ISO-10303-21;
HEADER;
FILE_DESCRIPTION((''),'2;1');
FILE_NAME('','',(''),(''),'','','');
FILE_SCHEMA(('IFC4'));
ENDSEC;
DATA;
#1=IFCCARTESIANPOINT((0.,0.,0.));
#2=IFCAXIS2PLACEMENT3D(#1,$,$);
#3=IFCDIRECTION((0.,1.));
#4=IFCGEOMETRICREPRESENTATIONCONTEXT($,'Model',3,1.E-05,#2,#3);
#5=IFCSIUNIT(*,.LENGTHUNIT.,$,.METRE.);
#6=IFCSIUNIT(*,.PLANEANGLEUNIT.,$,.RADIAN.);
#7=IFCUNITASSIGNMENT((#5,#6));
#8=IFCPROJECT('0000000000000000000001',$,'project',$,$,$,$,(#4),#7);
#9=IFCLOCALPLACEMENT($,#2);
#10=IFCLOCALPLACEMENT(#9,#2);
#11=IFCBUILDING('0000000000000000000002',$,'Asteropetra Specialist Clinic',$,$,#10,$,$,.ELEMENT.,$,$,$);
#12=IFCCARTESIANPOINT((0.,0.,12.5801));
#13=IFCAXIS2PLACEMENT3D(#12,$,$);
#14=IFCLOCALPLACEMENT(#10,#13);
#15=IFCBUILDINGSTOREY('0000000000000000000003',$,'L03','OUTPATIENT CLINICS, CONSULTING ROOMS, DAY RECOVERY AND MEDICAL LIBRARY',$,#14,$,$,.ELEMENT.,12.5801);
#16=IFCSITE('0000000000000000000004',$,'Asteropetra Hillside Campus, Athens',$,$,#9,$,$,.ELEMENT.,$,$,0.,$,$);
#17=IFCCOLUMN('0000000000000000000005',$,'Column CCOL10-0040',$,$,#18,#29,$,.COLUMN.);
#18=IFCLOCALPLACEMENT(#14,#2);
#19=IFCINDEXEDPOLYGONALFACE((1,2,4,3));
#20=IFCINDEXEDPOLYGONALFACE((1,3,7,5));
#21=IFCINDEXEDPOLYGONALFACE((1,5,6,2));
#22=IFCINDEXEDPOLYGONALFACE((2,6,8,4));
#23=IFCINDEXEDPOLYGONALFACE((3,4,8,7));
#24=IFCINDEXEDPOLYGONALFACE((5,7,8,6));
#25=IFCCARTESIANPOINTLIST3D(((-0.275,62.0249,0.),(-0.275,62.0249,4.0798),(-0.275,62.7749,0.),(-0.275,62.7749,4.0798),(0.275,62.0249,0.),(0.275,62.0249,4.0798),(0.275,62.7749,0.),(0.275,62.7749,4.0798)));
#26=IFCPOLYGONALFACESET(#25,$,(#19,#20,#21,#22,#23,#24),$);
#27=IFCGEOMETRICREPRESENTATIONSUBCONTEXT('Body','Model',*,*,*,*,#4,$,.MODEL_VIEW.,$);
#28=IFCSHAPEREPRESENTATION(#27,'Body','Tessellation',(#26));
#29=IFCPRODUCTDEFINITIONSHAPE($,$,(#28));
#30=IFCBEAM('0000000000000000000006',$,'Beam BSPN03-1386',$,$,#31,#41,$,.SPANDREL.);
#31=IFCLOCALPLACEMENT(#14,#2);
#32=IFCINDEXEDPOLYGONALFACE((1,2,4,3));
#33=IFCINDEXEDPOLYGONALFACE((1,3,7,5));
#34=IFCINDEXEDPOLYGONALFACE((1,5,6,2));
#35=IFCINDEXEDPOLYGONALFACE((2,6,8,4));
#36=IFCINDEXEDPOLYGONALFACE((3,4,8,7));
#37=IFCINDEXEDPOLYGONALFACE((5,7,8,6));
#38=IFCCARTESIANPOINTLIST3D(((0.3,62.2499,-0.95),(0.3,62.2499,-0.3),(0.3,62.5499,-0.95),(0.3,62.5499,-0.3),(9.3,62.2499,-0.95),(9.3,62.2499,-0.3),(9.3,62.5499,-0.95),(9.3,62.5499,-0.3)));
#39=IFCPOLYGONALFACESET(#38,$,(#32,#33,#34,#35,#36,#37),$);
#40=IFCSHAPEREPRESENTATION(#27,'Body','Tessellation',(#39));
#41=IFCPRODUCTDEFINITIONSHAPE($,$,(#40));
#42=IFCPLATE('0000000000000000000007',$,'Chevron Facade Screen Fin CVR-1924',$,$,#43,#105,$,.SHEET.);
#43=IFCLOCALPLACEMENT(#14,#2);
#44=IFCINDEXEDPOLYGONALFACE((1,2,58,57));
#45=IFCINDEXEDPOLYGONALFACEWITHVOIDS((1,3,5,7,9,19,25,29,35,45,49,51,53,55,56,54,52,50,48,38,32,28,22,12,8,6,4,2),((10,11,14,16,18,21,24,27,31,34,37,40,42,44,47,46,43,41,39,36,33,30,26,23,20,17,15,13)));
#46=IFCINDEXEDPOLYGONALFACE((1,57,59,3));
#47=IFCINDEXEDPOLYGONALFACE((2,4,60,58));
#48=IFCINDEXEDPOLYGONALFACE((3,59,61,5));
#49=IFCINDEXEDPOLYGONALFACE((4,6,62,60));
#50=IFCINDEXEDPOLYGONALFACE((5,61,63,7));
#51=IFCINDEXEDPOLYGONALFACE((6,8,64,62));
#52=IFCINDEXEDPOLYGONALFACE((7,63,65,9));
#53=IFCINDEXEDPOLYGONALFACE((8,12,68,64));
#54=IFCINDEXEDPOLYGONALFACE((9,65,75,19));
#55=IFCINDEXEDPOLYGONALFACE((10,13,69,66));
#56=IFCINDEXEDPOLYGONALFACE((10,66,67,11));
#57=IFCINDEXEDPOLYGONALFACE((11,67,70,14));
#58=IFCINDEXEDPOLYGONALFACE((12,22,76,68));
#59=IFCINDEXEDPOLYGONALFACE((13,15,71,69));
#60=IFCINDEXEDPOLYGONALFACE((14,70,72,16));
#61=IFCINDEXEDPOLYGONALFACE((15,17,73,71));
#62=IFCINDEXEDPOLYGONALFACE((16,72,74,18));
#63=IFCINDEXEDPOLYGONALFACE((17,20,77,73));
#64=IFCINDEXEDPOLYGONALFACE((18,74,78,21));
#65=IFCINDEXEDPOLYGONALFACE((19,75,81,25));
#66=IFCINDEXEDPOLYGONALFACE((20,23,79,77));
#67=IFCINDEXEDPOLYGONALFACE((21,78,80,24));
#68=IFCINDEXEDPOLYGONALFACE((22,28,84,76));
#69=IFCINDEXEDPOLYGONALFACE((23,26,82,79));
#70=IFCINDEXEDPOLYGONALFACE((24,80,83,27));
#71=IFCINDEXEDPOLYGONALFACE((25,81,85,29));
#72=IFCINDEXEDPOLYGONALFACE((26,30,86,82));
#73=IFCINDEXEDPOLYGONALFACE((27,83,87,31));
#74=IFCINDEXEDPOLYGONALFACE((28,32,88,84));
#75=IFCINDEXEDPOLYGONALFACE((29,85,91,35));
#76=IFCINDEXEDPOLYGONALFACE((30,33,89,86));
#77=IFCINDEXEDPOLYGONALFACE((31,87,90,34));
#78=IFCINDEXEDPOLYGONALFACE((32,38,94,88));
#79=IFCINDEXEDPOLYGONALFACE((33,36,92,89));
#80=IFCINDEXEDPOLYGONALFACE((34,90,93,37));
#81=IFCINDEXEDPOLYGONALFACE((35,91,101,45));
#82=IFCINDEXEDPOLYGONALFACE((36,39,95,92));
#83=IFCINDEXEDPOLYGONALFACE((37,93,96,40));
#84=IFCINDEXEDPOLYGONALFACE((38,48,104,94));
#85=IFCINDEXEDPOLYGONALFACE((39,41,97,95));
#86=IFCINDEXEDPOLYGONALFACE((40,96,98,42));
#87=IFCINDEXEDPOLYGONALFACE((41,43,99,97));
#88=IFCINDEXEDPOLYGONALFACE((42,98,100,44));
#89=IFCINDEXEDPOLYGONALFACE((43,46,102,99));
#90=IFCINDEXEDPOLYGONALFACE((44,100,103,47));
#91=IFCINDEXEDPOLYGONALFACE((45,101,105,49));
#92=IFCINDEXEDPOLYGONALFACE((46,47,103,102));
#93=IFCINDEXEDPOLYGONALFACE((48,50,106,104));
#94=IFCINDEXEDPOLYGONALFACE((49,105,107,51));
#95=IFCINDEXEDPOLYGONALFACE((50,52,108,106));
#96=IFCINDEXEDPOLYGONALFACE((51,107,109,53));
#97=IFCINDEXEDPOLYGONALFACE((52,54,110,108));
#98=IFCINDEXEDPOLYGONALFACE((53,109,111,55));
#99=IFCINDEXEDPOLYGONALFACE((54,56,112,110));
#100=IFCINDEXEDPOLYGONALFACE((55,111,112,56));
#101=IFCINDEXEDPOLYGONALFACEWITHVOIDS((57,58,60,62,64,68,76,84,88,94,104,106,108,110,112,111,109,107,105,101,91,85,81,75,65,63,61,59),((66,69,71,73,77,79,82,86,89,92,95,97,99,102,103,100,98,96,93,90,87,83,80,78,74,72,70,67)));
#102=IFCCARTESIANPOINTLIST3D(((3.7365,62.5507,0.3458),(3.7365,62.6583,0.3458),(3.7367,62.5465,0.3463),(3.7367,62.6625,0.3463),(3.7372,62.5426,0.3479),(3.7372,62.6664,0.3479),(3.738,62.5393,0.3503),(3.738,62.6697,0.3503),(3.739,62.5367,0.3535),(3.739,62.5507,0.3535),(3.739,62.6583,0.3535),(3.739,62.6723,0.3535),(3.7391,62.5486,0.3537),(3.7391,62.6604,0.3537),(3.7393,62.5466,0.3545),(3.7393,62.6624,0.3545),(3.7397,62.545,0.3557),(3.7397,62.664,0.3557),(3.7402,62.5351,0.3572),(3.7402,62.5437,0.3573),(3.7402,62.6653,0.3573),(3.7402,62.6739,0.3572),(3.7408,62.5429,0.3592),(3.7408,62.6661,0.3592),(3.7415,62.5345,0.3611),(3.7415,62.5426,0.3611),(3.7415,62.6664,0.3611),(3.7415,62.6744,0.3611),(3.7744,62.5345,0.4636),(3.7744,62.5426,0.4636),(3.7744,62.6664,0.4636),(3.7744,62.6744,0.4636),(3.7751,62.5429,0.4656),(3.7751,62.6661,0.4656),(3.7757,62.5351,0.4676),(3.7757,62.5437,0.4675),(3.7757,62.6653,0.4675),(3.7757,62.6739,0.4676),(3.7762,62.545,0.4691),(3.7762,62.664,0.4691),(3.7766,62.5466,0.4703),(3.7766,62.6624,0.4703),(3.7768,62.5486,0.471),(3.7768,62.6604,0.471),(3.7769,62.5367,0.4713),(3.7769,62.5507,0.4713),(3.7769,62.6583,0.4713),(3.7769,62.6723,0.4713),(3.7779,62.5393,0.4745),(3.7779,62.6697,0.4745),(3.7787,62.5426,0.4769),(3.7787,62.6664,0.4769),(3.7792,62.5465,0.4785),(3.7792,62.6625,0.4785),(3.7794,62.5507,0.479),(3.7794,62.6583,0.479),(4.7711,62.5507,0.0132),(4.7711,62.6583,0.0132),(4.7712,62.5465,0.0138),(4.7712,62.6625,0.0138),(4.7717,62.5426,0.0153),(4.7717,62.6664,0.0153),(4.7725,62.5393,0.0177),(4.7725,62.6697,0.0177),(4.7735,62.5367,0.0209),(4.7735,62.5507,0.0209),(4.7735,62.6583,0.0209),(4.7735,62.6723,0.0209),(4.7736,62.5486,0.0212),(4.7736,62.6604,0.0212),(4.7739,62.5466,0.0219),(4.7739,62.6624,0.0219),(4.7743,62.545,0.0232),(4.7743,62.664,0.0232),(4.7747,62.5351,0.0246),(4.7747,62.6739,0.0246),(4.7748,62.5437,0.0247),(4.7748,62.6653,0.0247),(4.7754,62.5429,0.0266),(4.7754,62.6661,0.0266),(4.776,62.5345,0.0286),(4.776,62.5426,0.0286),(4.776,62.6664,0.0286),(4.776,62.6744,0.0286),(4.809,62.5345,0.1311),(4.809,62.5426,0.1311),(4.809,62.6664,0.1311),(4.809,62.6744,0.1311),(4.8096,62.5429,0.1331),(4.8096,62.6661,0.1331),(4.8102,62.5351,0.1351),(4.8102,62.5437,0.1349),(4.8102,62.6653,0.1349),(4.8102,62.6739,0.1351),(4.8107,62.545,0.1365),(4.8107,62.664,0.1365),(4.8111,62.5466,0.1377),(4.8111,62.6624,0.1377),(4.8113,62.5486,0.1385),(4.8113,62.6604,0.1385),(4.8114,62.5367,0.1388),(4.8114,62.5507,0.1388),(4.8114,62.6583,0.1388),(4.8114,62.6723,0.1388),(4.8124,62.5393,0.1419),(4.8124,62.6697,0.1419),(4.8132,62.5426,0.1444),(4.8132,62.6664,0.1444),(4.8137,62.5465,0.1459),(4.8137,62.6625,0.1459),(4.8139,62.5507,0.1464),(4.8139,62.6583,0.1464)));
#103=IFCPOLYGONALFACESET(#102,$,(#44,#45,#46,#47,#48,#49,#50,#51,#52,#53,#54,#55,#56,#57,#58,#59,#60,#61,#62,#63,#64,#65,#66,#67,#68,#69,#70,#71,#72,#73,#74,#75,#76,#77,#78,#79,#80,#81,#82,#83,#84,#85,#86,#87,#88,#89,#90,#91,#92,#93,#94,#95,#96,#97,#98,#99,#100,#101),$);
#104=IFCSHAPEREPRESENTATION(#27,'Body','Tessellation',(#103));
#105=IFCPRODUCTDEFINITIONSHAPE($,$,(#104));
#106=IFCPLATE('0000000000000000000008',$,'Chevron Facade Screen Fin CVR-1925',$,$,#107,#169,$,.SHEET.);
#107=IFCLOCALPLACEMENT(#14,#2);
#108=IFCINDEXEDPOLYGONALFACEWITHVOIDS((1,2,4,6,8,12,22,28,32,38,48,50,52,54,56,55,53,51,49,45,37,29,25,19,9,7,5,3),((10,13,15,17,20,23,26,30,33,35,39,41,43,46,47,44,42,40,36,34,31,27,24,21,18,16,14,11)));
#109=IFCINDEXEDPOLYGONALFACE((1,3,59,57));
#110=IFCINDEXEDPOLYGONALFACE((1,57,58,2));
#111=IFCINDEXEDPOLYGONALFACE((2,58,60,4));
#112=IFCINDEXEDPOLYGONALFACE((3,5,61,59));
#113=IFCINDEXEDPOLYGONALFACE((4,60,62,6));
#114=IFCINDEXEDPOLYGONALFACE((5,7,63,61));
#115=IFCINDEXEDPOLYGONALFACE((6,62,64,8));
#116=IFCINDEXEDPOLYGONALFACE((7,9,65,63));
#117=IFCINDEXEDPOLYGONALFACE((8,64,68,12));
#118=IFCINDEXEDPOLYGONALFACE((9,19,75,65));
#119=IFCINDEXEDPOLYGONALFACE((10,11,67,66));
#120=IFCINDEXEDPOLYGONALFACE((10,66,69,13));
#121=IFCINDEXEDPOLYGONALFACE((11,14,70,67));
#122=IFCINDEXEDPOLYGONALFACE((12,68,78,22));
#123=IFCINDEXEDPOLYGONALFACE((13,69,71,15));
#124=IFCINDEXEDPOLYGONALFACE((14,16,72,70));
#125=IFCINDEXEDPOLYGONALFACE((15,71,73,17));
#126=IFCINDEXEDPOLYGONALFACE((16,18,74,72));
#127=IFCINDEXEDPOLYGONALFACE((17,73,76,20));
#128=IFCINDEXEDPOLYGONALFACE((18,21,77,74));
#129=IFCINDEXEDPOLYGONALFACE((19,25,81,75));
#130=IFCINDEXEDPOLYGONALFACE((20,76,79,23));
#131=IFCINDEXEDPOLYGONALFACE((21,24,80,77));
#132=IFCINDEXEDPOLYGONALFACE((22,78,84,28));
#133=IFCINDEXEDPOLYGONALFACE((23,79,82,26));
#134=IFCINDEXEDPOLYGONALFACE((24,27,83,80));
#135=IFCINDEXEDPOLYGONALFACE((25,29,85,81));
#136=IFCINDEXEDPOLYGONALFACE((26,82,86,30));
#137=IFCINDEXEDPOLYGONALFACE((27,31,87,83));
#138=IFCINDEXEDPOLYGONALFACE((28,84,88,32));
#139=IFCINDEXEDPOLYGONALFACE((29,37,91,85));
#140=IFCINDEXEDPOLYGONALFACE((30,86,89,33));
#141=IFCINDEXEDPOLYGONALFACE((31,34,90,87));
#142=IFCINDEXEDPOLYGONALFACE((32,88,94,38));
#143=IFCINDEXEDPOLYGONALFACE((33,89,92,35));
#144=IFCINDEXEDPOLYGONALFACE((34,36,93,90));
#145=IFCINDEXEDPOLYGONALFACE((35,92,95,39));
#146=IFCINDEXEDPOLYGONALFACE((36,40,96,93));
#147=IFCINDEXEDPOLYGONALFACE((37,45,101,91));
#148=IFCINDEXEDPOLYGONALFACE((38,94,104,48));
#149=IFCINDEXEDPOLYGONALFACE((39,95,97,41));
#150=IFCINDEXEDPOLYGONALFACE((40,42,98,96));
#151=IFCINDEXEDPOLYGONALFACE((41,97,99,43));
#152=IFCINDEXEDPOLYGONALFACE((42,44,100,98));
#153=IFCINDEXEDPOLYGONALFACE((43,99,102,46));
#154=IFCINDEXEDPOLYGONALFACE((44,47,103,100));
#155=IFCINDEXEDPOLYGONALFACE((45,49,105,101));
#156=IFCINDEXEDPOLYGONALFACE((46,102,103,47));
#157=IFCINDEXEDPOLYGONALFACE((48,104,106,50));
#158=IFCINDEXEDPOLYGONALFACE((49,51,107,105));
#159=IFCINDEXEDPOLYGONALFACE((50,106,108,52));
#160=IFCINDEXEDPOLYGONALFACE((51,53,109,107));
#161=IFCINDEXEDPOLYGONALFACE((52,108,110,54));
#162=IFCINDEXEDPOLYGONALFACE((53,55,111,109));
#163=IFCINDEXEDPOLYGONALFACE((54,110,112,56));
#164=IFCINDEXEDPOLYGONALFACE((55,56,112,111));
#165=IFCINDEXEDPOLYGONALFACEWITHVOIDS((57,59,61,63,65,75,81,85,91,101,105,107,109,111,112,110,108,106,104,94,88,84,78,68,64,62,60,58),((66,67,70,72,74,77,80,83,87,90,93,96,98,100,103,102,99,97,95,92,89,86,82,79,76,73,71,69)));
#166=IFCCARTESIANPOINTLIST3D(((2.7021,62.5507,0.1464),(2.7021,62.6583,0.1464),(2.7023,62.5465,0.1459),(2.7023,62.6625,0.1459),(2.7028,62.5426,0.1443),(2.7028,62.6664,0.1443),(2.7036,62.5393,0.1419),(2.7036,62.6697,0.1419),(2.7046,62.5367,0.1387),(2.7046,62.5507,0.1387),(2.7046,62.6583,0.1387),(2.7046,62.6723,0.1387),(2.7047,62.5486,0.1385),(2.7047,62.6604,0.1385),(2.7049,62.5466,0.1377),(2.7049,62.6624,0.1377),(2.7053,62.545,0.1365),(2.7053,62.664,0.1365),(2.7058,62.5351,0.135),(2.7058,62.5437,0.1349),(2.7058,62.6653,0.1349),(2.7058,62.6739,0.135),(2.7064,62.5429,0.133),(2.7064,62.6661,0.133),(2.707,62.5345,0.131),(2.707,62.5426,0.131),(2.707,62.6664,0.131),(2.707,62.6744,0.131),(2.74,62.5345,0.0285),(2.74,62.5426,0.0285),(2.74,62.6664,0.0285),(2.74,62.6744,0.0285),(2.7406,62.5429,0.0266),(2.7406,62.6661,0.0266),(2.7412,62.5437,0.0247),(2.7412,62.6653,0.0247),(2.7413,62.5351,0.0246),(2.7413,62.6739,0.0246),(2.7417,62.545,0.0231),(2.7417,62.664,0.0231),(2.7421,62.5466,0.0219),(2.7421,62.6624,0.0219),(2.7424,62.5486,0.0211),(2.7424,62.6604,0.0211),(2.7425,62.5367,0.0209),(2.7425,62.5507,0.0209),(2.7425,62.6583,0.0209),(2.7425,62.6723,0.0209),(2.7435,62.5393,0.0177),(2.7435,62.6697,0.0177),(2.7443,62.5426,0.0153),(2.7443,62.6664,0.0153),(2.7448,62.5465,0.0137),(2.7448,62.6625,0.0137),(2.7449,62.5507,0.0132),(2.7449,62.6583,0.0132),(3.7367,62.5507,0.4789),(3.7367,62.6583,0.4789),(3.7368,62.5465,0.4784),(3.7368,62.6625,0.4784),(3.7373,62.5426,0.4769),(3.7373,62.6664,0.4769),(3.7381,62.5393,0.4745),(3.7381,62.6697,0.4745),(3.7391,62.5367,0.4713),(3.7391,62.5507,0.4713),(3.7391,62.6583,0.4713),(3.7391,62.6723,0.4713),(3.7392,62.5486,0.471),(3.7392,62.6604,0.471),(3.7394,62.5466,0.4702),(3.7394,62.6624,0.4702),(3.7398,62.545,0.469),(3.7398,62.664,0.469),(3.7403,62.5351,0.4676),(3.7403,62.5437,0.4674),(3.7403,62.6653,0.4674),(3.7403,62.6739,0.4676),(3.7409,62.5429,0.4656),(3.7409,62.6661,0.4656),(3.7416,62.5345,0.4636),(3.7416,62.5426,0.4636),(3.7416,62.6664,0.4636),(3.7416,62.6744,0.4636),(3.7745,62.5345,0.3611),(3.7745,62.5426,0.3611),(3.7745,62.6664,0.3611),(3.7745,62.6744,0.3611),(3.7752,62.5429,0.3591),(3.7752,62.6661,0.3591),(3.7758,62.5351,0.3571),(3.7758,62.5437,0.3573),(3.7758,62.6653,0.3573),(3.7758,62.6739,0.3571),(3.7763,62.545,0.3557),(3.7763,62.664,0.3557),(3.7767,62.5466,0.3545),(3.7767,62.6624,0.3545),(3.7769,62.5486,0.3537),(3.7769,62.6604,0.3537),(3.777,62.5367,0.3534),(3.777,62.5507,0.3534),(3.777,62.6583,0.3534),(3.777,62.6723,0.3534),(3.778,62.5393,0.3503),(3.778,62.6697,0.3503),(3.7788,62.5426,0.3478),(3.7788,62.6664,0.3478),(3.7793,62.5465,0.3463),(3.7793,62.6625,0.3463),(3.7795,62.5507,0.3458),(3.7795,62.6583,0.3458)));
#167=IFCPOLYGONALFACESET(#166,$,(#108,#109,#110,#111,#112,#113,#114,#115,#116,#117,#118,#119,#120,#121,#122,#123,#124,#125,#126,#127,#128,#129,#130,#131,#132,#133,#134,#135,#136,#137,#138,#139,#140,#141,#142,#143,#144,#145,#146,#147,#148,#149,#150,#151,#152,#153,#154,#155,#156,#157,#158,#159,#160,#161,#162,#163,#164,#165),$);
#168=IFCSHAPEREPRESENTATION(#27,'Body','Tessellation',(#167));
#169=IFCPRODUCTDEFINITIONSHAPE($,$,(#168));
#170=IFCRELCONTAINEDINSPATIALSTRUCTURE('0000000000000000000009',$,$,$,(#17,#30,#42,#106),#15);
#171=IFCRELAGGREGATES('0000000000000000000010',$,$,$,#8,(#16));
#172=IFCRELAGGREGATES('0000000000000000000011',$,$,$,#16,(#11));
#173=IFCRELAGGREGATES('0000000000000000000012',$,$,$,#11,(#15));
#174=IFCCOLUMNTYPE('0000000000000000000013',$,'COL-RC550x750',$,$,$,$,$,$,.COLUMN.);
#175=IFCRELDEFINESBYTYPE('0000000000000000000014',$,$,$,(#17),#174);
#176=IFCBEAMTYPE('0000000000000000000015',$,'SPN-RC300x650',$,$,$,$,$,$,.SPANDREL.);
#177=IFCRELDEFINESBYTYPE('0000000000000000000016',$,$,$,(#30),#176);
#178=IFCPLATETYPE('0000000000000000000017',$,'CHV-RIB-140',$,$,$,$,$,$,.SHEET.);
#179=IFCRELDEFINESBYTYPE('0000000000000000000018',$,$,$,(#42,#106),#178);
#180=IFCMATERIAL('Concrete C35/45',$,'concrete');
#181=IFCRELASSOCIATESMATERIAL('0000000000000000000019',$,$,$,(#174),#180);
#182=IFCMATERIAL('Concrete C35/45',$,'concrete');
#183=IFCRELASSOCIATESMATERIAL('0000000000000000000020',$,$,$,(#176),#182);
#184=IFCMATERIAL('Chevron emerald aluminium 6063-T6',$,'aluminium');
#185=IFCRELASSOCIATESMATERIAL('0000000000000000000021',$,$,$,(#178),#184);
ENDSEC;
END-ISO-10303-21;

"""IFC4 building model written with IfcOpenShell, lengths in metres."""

from ifc_helpers import new_model, si_unit, direction, frame, origin, origin_2d, place, context, subcontext, project, spatial, rectangle, hollow_rectangle, extrude, material, material_profile, profile_set, type_object, element, save


model = new_model("IFC4")

# Units and contexts
model_context = context("Model", 3, precision=1e-05, world=origin(), true_north=direction((0.0, 1.0)))
body_context = subcontext(model_context, "Body", "Model", "MODEL_VIEW")
ifc_project = project(units=[si_unit("LENGTHUNIT", "METRE"), si_unit("PLANEANGLEUNIT", "RADIAN")], contexts=[model_context])

# Site, building, storey
site_placement = place(None, origin())
site = spatial("IfcSite", under=ifc_project, at=site_placement, Name="Asteropetra Hillside Campus, Athens", CompositionType="ELEMENT", RefElevation=0.0)
building_placement = place(site_placement, origin())
building = spatial("IfcBuilding", under=site, at=building_placement, Name="Asteropetra Specialist Clinic", CompositionType="ELEMENT")
storey_placement = place(building_placement, frame((0.0, 0.0, 12.5801)))
storey = spatial("IfcBuildingStorey", under=building, at=storey_placement, Name="L03", Description="OUTPATIENT CLINICS, CONSULTING ROOMS, DAY RECOVERY AND MEDICAL LIBRARY", CompositionType="ELEMENT", Elevation=12.5801)

# Column
ifc_material_1 = material(Name="Concrete C35/45", Category="concrete")
ifc_material_profile_1 = material_profile(ifc_material_1, rectangle(XDim=0.55, YDim=0.75, at=origin_2d()), Name="RC 550x750")
ifc_profile_set_1 = profile_set([ifc_material_profile_1], Name="Concrete C35/45")
column_type = type_object("IfcColumnType", Name="COL-RC550x750", PredefinedType="COLUMN", material=ifc_profile_set_1)
column_placement = place(storey_placement, frame((0.0, 62.3999, 0.0), z_axis=(0.0, 0.0, 1.0), x_axis=(1.0, 0.0, 0.0)))
element("IfcColumn", 1, at=column_placement, inside=storey, type_object=column_type, Name="Column CCOL10-0040", PredefinedType="COLUMN", context=body_context, shape_type="SweptSolid", body=[
    extrude(rectangle(XDim=0.55, YDim=0.75, at=origin_2d()), origin(), (0.0, 0.0, 1.0), 4.0798),
])

# Beam
ifc_material_2 = material(Name="Concrete C35/45", Category="concrete")
ifc_material_profile_2 = material_profile(ifc_material_2, rectangle(XDim=0.3, YDim=0.6499, at=origin_2d()), Name="RCS 300x650")
ifc_profile_set_2 = profile_set([ifc_material_profile_2], Name="Concrete C35/45")
beam_type = type_object("IfcBeamType", Name="SPN-RC300x650", PredefinedType="SPANDREL", material=ifc_profile_set_2)
beam_placement = place(storey_placement, frame((0.3, 62.3999, -0.625), z_axis=(1.0, 0.0, 0.0), x_axis=(0.0, 1.0, 0.0)))
element("IfcBeam", 2, at=beam_placement, inside=storey, type_object=beam_type, Name="Beam BSPN03-1386", PredefinedType="SPANDREL", context=body_context, shape_type="SweptSolid", body=[
    extrude(rectangle(XDim=0.3, YDim=0.6499, at=origin_2d()), origin(), (0.0, 0.0, 1.0), 9.0),
])

# Plates
ifc_material_3 = material(Name="Chevron emerald aluminium 6063-T6", Category="aluminium")
ifc_material_profile_3 = material_profile(ifc_material_3, hollow_rectangle(XDim=0.1399, YDim=0.1399, WallThickness=0.0081, InnerFilletRadius=0.0081, OuterFilletRadius=0.0161, at=origin_2d()), Name="SHS 140x140x8.0")
ifc_profile_set_3 = profile_set([ifc_material_profile_3], Name="Chevron emerald aluminium 6063-T6")
plate_type_1 = type_object("IfcPlateType", Name="CHV-RIB-140", PredefinedType="SHEET", material=ifc_profile_set_3)
for number, where, z_axis, x_axis, name in (
    (3, (4.7925, 62.6045, 0.0798), (-0.952022, 0.0, 0.306031), (0.0, -1.0, 0.0), "Chevron Facade Screen Fin CVR-1924"),
    (4, (3.7581, 62.6045, 0.4124), (-0.952022, 0.0, -0.306031), (0.0, -1.0, 0.0), "Chevron Facade Screen Fin CVR-1925"),
):
    element("IfcPlate", number, at=place(storey_placement, frame(where, z_axis=z_axis, x_axis=x_axis)), inside=storey, type_object=plate_type_1, Name=name, PredefinedType="SHEET", context=body_context, shape_type="SweptSolid", body=[
        extrude(hollow_rectangle(XDim=0.1399, YDim=0.1399, WallThickness=0.0081, InnerFilletRadius=0.0081, OuterFilletRadius=0.0161, at=origin_2d()), origin(), (0.0, 0.0, 1.0), 1.0867),
    ])

save(model, "model.ifc")
